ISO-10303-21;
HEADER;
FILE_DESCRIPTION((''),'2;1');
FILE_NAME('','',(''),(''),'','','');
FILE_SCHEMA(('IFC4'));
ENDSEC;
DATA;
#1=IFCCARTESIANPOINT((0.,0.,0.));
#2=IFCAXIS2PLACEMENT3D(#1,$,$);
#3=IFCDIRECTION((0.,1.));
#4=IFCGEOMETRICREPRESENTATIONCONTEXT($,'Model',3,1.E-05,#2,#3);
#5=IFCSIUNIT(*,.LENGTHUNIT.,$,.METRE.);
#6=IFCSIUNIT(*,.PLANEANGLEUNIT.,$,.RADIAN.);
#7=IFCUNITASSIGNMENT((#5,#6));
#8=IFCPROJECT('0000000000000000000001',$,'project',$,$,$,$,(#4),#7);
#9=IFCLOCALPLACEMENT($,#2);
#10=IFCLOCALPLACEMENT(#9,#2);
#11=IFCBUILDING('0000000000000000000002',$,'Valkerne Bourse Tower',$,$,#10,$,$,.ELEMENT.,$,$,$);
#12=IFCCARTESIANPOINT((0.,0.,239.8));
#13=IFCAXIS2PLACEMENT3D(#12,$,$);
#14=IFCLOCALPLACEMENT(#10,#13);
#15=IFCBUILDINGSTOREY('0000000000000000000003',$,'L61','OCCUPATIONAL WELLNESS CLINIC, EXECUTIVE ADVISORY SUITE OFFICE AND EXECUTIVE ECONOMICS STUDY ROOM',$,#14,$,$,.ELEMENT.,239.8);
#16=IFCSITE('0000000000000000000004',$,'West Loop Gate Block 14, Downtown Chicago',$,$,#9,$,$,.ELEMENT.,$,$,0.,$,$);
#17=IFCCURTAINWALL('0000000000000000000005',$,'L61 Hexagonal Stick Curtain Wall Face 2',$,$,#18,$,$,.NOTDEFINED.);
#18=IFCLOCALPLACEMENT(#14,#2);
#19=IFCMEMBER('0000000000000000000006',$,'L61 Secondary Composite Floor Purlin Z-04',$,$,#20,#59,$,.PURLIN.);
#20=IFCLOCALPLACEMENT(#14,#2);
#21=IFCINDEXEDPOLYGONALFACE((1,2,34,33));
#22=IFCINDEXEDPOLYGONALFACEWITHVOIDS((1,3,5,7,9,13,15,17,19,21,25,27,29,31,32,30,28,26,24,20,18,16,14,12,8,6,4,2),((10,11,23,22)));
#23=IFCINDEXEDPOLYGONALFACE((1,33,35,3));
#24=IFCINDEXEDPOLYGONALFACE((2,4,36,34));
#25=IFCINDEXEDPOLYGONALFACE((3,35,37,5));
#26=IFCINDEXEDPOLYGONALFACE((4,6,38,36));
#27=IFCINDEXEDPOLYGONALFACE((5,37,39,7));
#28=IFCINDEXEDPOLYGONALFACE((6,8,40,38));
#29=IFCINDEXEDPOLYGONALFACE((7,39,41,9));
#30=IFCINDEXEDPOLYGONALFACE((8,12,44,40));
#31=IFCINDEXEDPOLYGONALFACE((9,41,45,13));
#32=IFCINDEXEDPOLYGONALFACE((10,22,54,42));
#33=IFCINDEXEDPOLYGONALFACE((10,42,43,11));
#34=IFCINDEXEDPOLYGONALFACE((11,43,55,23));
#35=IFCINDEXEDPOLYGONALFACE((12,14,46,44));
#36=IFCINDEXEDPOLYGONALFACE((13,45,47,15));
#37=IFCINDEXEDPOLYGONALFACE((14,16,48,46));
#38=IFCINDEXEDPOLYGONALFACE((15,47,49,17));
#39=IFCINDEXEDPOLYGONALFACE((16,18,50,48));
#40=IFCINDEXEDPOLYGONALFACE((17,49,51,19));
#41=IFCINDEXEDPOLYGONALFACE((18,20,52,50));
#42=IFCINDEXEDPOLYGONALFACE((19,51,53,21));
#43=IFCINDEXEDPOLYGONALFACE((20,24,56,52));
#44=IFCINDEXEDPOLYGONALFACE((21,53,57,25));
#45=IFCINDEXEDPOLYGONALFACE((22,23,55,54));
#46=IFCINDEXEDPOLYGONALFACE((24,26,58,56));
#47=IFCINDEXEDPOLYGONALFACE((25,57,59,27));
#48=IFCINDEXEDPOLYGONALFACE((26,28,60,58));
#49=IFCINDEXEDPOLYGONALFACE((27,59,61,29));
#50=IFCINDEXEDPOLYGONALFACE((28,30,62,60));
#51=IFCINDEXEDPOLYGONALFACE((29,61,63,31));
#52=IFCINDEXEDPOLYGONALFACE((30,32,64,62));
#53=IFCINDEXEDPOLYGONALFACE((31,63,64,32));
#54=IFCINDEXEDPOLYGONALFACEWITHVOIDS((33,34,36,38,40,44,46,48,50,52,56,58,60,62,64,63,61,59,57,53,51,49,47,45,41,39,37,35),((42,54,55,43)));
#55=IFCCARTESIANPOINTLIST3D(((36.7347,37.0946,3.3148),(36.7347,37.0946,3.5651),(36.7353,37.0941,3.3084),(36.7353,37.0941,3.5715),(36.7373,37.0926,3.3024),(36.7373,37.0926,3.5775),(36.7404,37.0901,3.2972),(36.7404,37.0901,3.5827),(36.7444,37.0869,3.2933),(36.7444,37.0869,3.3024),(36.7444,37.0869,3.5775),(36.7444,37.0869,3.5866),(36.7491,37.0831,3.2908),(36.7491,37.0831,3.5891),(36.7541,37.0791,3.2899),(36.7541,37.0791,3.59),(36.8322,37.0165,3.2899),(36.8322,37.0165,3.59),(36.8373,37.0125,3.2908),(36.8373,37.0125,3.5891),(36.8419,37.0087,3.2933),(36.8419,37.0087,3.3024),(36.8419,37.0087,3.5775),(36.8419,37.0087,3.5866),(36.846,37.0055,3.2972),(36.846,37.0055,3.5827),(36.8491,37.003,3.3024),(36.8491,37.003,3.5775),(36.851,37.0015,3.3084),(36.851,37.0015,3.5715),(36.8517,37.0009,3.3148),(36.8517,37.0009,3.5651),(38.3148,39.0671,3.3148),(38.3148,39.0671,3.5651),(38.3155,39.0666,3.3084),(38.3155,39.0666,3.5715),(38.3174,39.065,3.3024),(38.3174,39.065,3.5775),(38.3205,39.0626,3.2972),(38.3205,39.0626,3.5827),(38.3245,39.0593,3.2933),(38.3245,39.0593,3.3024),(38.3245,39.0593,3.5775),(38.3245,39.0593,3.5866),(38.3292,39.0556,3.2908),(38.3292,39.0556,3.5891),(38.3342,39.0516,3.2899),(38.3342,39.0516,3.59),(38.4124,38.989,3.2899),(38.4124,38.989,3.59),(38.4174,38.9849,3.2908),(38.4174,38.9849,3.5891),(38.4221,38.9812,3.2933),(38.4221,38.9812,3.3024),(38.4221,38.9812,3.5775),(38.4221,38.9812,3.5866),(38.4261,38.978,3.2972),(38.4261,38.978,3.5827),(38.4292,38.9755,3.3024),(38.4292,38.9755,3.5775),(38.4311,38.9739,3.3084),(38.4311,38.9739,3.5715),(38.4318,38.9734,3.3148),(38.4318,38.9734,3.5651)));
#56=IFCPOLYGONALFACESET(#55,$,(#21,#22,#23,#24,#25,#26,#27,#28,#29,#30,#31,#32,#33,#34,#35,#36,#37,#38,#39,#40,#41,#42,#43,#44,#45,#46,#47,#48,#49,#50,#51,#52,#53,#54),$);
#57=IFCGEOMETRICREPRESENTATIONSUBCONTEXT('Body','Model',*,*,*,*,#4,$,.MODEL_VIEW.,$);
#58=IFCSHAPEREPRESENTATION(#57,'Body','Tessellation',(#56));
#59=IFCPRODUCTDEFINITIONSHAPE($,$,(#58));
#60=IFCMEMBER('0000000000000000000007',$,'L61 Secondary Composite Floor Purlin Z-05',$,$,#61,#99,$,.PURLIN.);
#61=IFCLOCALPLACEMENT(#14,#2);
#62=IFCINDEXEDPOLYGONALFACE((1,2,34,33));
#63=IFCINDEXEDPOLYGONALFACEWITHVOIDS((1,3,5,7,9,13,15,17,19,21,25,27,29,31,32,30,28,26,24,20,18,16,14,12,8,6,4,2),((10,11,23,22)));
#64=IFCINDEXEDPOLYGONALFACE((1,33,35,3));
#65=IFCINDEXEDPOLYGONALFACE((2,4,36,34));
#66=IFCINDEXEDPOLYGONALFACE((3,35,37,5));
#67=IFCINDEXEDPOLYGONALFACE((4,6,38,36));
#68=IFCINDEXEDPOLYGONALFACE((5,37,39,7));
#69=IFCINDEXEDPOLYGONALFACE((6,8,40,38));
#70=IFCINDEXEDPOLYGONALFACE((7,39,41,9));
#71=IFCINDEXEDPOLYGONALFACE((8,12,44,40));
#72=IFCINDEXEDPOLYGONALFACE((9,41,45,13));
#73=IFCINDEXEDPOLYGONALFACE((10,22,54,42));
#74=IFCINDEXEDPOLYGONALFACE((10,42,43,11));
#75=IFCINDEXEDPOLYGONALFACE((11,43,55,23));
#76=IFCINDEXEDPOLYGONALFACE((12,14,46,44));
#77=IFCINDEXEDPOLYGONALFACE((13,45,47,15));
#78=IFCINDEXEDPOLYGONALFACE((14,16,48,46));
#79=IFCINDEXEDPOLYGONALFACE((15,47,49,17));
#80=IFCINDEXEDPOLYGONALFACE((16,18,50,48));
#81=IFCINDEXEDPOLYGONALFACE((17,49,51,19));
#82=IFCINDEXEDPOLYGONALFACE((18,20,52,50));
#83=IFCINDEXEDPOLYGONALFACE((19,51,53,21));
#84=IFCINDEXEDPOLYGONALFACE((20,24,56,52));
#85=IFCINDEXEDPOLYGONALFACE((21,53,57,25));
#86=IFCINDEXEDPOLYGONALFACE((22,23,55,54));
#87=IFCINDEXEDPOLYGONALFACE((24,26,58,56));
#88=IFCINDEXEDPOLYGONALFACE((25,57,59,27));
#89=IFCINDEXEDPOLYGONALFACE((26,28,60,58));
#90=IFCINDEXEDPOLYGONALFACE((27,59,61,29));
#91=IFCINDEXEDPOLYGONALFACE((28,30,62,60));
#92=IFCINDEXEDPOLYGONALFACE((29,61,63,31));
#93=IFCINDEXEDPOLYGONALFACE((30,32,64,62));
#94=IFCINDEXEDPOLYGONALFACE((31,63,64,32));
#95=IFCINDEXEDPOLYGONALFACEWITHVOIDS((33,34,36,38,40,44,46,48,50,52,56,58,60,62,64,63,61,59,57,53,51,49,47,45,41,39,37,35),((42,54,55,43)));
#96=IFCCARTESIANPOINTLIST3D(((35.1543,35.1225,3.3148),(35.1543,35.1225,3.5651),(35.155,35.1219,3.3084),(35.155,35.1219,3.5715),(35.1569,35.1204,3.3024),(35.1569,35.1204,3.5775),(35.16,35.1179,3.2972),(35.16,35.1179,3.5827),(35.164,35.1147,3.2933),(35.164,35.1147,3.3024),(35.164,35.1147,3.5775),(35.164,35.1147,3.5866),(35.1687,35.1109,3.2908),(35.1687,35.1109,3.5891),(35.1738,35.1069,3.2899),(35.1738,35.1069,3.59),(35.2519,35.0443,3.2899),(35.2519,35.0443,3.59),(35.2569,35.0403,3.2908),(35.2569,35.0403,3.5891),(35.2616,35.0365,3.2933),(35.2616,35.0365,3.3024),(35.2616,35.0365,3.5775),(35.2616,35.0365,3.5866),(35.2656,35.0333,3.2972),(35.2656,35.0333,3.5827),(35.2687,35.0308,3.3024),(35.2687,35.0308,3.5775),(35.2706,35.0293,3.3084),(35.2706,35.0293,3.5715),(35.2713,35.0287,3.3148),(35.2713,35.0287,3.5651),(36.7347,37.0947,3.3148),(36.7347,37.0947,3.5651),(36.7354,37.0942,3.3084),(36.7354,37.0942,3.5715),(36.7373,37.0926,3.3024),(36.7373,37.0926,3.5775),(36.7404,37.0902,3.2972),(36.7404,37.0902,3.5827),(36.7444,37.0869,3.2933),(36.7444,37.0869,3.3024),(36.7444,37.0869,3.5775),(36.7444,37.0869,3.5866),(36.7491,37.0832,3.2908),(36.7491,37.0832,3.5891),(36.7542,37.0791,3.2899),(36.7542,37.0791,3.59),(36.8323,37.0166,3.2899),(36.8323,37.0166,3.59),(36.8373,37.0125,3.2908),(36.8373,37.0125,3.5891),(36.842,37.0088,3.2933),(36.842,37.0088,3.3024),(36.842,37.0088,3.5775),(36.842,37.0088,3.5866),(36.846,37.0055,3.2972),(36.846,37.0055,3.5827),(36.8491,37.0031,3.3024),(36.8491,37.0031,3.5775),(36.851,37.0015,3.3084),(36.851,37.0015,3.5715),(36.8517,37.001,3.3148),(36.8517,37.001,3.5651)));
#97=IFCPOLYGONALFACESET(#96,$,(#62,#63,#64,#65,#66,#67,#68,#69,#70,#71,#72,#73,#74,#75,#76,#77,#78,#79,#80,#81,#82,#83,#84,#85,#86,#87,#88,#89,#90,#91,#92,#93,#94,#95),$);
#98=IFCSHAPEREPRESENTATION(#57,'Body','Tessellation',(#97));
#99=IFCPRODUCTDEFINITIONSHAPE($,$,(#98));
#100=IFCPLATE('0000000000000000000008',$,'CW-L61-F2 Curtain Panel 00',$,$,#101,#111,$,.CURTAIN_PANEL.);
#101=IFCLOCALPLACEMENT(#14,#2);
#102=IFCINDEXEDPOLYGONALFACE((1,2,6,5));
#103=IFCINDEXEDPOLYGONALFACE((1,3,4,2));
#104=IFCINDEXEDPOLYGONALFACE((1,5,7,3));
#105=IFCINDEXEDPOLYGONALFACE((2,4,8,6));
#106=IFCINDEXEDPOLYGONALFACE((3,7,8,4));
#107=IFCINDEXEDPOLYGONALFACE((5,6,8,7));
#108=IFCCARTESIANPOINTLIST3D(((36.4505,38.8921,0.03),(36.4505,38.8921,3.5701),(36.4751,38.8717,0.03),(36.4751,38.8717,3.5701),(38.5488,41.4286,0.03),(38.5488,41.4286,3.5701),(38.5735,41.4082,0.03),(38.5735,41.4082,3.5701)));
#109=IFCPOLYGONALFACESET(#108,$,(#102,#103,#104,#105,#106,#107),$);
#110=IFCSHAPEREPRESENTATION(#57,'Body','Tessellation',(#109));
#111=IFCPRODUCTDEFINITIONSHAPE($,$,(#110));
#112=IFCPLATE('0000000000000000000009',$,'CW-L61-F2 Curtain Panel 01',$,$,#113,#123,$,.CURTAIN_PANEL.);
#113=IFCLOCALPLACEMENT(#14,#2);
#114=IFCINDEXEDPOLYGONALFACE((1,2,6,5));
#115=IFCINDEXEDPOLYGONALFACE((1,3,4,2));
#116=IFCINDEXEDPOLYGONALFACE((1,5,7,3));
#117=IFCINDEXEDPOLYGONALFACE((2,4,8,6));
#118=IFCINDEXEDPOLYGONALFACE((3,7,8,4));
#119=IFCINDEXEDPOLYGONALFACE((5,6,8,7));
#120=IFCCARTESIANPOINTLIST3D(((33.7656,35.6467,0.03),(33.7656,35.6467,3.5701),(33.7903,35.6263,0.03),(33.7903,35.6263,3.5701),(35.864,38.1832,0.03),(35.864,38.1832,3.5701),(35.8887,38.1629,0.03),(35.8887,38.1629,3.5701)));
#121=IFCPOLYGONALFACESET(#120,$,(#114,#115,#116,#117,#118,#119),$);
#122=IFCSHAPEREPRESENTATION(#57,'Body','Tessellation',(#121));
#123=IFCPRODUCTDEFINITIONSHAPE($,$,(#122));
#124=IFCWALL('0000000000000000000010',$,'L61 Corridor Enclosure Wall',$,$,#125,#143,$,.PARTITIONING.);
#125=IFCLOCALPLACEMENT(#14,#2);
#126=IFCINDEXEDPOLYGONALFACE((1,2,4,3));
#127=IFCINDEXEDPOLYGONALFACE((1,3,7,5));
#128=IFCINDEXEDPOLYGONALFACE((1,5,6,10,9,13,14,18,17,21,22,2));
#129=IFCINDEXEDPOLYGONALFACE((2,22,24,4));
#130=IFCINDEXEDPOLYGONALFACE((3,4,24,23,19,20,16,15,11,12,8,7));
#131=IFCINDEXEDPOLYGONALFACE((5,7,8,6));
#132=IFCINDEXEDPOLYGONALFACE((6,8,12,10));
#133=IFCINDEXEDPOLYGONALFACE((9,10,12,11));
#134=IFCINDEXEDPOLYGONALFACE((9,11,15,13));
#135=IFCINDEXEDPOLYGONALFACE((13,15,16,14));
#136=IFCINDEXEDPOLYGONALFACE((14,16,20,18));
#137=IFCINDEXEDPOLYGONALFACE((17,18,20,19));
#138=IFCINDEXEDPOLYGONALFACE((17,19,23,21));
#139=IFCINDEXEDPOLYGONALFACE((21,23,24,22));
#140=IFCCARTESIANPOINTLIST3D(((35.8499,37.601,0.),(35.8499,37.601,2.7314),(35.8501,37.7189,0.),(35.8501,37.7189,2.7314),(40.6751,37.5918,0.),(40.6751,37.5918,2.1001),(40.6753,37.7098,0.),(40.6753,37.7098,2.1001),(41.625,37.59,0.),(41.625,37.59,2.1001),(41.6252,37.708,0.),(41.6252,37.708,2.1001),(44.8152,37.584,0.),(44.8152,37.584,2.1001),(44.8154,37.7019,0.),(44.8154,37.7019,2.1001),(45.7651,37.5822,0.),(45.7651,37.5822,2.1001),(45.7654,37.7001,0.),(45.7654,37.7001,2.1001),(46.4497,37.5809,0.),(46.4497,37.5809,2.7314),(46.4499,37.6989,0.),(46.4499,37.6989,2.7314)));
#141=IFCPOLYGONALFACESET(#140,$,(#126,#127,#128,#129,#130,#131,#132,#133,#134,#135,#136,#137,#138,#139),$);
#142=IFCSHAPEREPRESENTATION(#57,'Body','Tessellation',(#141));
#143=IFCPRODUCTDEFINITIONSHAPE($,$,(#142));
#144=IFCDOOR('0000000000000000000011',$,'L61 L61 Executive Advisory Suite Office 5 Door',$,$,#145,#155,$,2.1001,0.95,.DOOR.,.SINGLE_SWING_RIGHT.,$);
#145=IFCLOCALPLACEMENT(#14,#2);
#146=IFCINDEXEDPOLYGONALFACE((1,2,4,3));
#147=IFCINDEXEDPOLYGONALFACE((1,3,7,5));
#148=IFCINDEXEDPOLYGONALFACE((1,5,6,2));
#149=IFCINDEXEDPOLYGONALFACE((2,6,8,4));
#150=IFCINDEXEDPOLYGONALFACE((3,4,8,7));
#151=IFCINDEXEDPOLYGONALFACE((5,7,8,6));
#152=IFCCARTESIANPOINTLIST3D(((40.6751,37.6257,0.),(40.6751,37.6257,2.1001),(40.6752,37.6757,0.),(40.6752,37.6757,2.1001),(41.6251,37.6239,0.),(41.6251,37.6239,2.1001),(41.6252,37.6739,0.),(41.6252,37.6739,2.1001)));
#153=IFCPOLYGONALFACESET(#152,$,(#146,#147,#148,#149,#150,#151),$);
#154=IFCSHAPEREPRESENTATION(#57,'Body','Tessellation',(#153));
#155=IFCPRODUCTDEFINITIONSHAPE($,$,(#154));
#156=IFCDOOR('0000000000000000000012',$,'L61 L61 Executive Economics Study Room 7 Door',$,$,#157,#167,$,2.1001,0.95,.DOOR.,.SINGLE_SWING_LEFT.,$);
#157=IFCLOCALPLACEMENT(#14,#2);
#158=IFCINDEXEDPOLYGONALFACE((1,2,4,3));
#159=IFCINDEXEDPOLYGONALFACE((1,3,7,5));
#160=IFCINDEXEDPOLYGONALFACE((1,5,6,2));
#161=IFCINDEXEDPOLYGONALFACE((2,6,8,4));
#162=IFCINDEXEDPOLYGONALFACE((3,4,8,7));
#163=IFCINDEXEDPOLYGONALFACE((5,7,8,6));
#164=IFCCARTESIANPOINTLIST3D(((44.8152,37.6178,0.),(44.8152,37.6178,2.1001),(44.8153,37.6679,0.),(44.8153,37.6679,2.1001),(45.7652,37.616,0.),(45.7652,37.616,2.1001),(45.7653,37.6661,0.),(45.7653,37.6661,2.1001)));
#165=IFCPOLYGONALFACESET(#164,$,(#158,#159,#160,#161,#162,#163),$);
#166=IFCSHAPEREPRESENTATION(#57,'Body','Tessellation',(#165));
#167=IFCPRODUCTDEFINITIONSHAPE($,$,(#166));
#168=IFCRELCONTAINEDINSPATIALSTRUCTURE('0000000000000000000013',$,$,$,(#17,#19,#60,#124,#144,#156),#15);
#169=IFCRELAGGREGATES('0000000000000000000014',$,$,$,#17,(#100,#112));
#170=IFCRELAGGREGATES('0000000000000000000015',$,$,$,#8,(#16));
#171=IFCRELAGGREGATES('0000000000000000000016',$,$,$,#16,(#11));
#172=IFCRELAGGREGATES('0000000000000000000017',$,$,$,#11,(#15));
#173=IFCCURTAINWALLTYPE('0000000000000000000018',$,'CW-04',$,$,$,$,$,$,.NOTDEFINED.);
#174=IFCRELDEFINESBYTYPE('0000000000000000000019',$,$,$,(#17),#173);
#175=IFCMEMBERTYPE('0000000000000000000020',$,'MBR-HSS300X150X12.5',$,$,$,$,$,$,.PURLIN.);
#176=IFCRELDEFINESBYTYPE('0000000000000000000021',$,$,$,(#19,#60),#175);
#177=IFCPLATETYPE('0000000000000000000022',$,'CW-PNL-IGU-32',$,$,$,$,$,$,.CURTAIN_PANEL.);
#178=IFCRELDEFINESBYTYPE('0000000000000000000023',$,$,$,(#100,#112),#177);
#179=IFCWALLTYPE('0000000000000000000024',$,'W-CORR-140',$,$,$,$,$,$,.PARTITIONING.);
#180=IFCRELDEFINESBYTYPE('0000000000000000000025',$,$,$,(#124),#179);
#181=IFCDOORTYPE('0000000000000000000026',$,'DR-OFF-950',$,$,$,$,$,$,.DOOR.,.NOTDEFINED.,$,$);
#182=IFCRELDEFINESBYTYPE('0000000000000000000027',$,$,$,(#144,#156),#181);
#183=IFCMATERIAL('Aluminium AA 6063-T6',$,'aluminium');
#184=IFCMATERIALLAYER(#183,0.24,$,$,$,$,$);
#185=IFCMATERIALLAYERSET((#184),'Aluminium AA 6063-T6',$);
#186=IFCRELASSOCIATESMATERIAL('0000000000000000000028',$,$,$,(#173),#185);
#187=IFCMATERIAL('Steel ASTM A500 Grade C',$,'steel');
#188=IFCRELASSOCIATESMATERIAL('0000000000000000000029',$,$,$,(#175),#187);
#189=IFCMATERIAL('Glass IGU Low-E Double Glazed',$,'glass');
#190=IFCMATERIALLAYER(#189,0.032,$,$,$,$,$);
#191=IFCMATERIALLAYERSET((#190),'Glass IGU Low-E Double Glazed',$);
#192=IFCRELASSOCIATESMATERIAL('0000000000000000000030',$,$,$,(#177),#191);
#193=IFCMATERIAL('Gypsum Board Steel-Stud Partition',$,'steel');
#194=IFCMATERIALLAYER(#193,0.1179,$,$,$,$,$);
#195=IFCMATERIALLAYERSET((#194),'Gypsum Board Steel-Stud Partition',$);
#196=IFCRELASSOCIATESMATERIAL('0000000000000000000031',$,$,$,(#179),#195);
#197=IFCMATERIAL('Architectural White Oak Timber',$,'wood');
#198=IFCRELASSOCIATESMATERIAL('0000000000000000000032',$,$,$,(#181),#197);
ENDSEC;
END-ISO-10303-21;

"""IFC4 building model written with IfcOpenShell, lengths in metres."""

from ifc_helpers import new_model, si_unit, direction, frame, frame_2d, origin, origin_2d, place, context, subcontext, project, spatial, rectangle, hollow_rectangle, extrude, material, layer, layer_set, material_profile, profile_set, type_object, element, fill, aggregate, save


model = new_model("IFC4")

# Units and contexts
model_context = context("Model", 3, precision=1e-05, world=origin(), true_north=direction((0.0, 1.0)))
body_context = subcontext(model_context, "Body", "Model", "MODEL_VIEW")
ifc_project = project(units=[si_unit("LENGTHUNIT", "METRE"), si_unit("PLANEANGLEUNIT", "RADIAN")], contexts=[model_context])

# Site, building, storey
site_placement = place(None, origin())
site = spatial("IfcSite", under=ifc_project, at=site_placement, Name="West Loop Gate Block 14, Downtown Chicago", CompositionType="ELEMENT", RefElevation=0.0)
building_placement = place(site_placement, origin())
building = spatial("IfcBuilding", under=site, at=building_placement, Name="Valkerne Bourse Tower", CompositionType="ELEMENT")
storey_placement = place(building_placement, frame((0.0, 0.0, 239.8)))
storey = spatial("IfcBuildingStorey", under=building, at=storey_placement, Name="L61", Description="OCCUPATIONAL WELLNESS CLINIC, EXECUTIVE ADVISORY SUITE OFFICE AND EXECUTIVE ECONOMICS STUDY ROOM", CompositionType="ELEMENT", Elevation=239.8)

# Curtain wall
ifc_material_1 = material(Name="Aluminium AA 6063-T6", Category="aluminium")
ifc_layer_1 = layer(ifc_material_1, 0.24)
ifc_layer_set_1 = layer_set([ifc_layer_1], Name="Aluminium AA 6063-T6")
curtain_wall_type = type_object("IfcCurtainWallType", Name="CW-04", PredefinedType="NOTDEFINED", material=ifc_layer_set_1)
curtain_wall_placement = place(storey_placement, origin())
curtain_wall = element("IfcCurtainWall", 1, at=curtain_wall_placement, inside=storey, type_object=curtain_wall_type, Name="L61 Hexagonal Stick Curtain Wall Face 2", PredefinedType="NOTDEFINED")

# Members
ifc_material_2 = material(Name="Steel ASTM A500 Grade C", Category="steel")
ifc_material_profile_1 = material_profile(ifc_material_2, hollow_rectangle(XDim=0.1499, YDim=0.3, WallThickness=0.0125, OuterFilletRadius=0.0249, at=origin_2d()), Name="HSS300X150X12.5")
ifc_profile_set_1 = profile_set([ifc_material_profile_1], Name="Steel ASTM A500 Grade C")
member_type_1 = type_object("IfcMemberType", Name="MBR-HSS300X150X12.5", PredefinedType="PURLIN", material=ifc_profile_set_1)
for number, where, z_axis, x_axis, name in (
    (2, (38.3733, 39.0203, 3.4399), (-0.625213, -0.780454, 0.0), (0.780454, -0.625213, 0.0), "L61 Secondary Composite Floor Purlin Z-04"),
    (3, (36.7932, 37.0479, 3.4399), (-0.625319, -0.780369, 0.0), (0.780369, -0.625319, 0.0), "L61 Secondary Composite Floor Purlin Z-05"),
):
    element("IfcMember", number, at=place(storey_placement, frame(where, z_axis=z_axis, x_axis=x_axis)), inside=storey, type_object=member_type_1, Name=name, PredefinedType="PURLIN", context=body_context, shape_type="SweptSolid", body=[
        extrude(hollow_rectangle(XDim=0.1499, YDim=0.3, WallThickness=0.0125, OuterFilletRadius=0.0249, at=origin_2d()), origin(), (0.0, 0.0, 1.0), 2.5273),
    ])

# Plates
ifc_material_3 = material(Name="Glass IGU Low-E Double Glazed", Category="glass")
ifc_layer_2 = layer(ifc_material_3, 0.032)
ifc_layer_set_2 = layer_set([ifc_layer_2], Name="Glass IGU Low-E Double Glazed")
plate_type = type_object("IfcPlateType", Name="CW-PNL-IGU-32", PredefinedType="CURTAIN_PANEL", material=ifc_layer_set_2)
plate_1_placement = place(storey_placement, frame((37.512, 40.1501, 0.03), z_axis=(0.0, 0.0, 1.0), x_axis=(-0.63742, -0.770517, 0.0)))
plate_1 = element("IfcPlate", 4, at=plate_1_placement, type_object=plate_type, Name="CW-L61-F2 Curtain Panel 00", PredefinedType="CURTAIN_PANEL", context=body_context, shape_type="SweptSolid", body=[
    extrude(rectangle(XDim=3.292, YDim=0.032, at=origin_2d()), origin(), (0.0, 0.0, 1.0), 3.54),
])
plate_2_placement = place(storey_placement, frame((34.8271, 36.9048, 0.03), z_axis=(0.0, 0.0, 1.0), x_axis=(-0.63742, -0.770517, 0.0)))
plate_2 = element("IfcPlate", 5, at=plate_2_placement, type_object=plate_type, Name="CW-L61-F2 Curtain Panel 01", PredefinedType="CURTAIN_PANEL", context=body_context, shape_type="SweptSolid", body=[
    extrude(rectangle(XDim=3.292, YDim=0.032, at=origin_2d()), origin(), (0.0, 0.0, 1.0), 3.54),
])
aggregate(curtain_wall, [plate_1, plate_2])

# Wall, openings, doors
ifc_material_4 = material(Name="Gypsum Board Steel-Stud Partition", Category="steel")
ifc_layer_3 = layer(ifc_material_4, 0.1179)
ifc_layer_set_3 = layer_set([ifc_layer_3], Name="Gypsum Board Steel-Stud Partition")
wall_type = type_object("IfcWallType", Name="W-CORR-140", PredefinedType="PARTITIONING", material=ifc_layer_set_3)
wall_placement = place(storey_placement, frame((35.8501, 37.6599, 0.0), z_axis=(0.0, 0.0, 1.0), x_axis=(0.999998, -0.001889, 0.0)))
wall = element("IfcWall", 6, at=wall_placement, inside=storey, type_object=wall_type, Name="L61 Corridor Enclosure Wall", PredefinedType="PARTITIONING", context=body_context, shape_type="SweptSolid", body=[
    extrude(rectangle(XDim=10.5999, YDim=0.1179, at=frame_2d((5.2998, 0.0))), origin(), (0.0, 0.0, 1.0), 2.7314),
])
opening_1_placement = place(wall_placement, frame((4.825, 0.0, 0.0)))
opening_1 = element("IfcOpeningElement", 7, at=opening_1_placement, cuts=wall, PredefinedType="OPENING", context=body_context, shape_type="SweptSolid", body=[
    extrude(rectangle(XDim=0.95, YDim=2.1001, at=frame_2d((0.4751, 1.05))), frame((0.0, 0.0688, 0.0), z_axis=(0.0, -1.0, 0.0), x_axis=(1.0, 0.0, 0.0)), (0.0, 0.0, 1.0), 0.1379),
])
opening_2_placement = place(wall_placement, frame((8.9651, 0.0, 0.0)))
opening_2 = element("IfcOpeningElement", 8, at=opening_2_placement, cuts=wall, PredefinedType="OPENING", context=body_context, shape_type="SweptSolid", body=[
    extrude(rectangle(XDim=0.95, YDim=2.1001, at=frame_2d((0.4751, 1.05))), frame((0.0, 0.0688, 0.0), z_axis=(0.0, -1.0, 0.0), x_axis=(1.0, 0.0, 0.0)), (0.0, 0.0, 1.0), 0.1379),
])
ifc_material_5 = material(Name="Architectural White Oak Timber", Category="wood")
door_type = type_object("IfcDoorType", Name="DR-OFF-950", OperationType="NOTDEFINED", PredefinedType="DOOR", material=ifc_material_5)
door_1_placement = place(opening_1_placement, origin())
door_1 = element("IfcDoor", 9, at=door_1_placement, inside=storey, type_object=door_type, Name="L61 L61 Executive Advisory Suite Office 5 Door", OperationType="SINGLE_SWING_RIGHT", OverallHeight=2.1001, OverallWidth=0.95, PredefinedType="DOOR", context=body_context, shape_type="SweptSolid", body=[
    extrude(rectangle(XDim=0.95, YDim=2.1001, at=frame_2d((0.4751, 1.05))), frame((0.0, 0.0249, 0.0), z_axis=(0.0, -1.0, 0.0), x_axis=(1.0, 0.0, 0.0)), (0.0, 0.0, 1.0), 0.05),
])
fill(opening_1, door_1)
door_2_placement = place(opening_2_placement, origin())
door_2 = element("IfcDoor", 10, at=door_2_placement, inside=storey, type_object=door_type, Name="L61 L61 Executive Economics Study Room 7 Door", OperationType="SINGLE_SWING_LEFT", OverallHeight=2.1001, OverallWidth=0.95, PredefinedType="DOOR", context=body_context, shape_type="SweptSolid", body=[
    extrude(rectangle(XDim=0.95, YDim=2.1001, at=frame_2d((0.4751, 1.05))), frame((0.0, 0.0249, 0.0), z_axis=(0.0, -1.0, 0.0), x_axis=(1.0, 0.0, 0.0)), (0.0, 0.0, 1.0), 0.05),
])
fill(opening_2, door_2)

save(model, "model.ifc")
